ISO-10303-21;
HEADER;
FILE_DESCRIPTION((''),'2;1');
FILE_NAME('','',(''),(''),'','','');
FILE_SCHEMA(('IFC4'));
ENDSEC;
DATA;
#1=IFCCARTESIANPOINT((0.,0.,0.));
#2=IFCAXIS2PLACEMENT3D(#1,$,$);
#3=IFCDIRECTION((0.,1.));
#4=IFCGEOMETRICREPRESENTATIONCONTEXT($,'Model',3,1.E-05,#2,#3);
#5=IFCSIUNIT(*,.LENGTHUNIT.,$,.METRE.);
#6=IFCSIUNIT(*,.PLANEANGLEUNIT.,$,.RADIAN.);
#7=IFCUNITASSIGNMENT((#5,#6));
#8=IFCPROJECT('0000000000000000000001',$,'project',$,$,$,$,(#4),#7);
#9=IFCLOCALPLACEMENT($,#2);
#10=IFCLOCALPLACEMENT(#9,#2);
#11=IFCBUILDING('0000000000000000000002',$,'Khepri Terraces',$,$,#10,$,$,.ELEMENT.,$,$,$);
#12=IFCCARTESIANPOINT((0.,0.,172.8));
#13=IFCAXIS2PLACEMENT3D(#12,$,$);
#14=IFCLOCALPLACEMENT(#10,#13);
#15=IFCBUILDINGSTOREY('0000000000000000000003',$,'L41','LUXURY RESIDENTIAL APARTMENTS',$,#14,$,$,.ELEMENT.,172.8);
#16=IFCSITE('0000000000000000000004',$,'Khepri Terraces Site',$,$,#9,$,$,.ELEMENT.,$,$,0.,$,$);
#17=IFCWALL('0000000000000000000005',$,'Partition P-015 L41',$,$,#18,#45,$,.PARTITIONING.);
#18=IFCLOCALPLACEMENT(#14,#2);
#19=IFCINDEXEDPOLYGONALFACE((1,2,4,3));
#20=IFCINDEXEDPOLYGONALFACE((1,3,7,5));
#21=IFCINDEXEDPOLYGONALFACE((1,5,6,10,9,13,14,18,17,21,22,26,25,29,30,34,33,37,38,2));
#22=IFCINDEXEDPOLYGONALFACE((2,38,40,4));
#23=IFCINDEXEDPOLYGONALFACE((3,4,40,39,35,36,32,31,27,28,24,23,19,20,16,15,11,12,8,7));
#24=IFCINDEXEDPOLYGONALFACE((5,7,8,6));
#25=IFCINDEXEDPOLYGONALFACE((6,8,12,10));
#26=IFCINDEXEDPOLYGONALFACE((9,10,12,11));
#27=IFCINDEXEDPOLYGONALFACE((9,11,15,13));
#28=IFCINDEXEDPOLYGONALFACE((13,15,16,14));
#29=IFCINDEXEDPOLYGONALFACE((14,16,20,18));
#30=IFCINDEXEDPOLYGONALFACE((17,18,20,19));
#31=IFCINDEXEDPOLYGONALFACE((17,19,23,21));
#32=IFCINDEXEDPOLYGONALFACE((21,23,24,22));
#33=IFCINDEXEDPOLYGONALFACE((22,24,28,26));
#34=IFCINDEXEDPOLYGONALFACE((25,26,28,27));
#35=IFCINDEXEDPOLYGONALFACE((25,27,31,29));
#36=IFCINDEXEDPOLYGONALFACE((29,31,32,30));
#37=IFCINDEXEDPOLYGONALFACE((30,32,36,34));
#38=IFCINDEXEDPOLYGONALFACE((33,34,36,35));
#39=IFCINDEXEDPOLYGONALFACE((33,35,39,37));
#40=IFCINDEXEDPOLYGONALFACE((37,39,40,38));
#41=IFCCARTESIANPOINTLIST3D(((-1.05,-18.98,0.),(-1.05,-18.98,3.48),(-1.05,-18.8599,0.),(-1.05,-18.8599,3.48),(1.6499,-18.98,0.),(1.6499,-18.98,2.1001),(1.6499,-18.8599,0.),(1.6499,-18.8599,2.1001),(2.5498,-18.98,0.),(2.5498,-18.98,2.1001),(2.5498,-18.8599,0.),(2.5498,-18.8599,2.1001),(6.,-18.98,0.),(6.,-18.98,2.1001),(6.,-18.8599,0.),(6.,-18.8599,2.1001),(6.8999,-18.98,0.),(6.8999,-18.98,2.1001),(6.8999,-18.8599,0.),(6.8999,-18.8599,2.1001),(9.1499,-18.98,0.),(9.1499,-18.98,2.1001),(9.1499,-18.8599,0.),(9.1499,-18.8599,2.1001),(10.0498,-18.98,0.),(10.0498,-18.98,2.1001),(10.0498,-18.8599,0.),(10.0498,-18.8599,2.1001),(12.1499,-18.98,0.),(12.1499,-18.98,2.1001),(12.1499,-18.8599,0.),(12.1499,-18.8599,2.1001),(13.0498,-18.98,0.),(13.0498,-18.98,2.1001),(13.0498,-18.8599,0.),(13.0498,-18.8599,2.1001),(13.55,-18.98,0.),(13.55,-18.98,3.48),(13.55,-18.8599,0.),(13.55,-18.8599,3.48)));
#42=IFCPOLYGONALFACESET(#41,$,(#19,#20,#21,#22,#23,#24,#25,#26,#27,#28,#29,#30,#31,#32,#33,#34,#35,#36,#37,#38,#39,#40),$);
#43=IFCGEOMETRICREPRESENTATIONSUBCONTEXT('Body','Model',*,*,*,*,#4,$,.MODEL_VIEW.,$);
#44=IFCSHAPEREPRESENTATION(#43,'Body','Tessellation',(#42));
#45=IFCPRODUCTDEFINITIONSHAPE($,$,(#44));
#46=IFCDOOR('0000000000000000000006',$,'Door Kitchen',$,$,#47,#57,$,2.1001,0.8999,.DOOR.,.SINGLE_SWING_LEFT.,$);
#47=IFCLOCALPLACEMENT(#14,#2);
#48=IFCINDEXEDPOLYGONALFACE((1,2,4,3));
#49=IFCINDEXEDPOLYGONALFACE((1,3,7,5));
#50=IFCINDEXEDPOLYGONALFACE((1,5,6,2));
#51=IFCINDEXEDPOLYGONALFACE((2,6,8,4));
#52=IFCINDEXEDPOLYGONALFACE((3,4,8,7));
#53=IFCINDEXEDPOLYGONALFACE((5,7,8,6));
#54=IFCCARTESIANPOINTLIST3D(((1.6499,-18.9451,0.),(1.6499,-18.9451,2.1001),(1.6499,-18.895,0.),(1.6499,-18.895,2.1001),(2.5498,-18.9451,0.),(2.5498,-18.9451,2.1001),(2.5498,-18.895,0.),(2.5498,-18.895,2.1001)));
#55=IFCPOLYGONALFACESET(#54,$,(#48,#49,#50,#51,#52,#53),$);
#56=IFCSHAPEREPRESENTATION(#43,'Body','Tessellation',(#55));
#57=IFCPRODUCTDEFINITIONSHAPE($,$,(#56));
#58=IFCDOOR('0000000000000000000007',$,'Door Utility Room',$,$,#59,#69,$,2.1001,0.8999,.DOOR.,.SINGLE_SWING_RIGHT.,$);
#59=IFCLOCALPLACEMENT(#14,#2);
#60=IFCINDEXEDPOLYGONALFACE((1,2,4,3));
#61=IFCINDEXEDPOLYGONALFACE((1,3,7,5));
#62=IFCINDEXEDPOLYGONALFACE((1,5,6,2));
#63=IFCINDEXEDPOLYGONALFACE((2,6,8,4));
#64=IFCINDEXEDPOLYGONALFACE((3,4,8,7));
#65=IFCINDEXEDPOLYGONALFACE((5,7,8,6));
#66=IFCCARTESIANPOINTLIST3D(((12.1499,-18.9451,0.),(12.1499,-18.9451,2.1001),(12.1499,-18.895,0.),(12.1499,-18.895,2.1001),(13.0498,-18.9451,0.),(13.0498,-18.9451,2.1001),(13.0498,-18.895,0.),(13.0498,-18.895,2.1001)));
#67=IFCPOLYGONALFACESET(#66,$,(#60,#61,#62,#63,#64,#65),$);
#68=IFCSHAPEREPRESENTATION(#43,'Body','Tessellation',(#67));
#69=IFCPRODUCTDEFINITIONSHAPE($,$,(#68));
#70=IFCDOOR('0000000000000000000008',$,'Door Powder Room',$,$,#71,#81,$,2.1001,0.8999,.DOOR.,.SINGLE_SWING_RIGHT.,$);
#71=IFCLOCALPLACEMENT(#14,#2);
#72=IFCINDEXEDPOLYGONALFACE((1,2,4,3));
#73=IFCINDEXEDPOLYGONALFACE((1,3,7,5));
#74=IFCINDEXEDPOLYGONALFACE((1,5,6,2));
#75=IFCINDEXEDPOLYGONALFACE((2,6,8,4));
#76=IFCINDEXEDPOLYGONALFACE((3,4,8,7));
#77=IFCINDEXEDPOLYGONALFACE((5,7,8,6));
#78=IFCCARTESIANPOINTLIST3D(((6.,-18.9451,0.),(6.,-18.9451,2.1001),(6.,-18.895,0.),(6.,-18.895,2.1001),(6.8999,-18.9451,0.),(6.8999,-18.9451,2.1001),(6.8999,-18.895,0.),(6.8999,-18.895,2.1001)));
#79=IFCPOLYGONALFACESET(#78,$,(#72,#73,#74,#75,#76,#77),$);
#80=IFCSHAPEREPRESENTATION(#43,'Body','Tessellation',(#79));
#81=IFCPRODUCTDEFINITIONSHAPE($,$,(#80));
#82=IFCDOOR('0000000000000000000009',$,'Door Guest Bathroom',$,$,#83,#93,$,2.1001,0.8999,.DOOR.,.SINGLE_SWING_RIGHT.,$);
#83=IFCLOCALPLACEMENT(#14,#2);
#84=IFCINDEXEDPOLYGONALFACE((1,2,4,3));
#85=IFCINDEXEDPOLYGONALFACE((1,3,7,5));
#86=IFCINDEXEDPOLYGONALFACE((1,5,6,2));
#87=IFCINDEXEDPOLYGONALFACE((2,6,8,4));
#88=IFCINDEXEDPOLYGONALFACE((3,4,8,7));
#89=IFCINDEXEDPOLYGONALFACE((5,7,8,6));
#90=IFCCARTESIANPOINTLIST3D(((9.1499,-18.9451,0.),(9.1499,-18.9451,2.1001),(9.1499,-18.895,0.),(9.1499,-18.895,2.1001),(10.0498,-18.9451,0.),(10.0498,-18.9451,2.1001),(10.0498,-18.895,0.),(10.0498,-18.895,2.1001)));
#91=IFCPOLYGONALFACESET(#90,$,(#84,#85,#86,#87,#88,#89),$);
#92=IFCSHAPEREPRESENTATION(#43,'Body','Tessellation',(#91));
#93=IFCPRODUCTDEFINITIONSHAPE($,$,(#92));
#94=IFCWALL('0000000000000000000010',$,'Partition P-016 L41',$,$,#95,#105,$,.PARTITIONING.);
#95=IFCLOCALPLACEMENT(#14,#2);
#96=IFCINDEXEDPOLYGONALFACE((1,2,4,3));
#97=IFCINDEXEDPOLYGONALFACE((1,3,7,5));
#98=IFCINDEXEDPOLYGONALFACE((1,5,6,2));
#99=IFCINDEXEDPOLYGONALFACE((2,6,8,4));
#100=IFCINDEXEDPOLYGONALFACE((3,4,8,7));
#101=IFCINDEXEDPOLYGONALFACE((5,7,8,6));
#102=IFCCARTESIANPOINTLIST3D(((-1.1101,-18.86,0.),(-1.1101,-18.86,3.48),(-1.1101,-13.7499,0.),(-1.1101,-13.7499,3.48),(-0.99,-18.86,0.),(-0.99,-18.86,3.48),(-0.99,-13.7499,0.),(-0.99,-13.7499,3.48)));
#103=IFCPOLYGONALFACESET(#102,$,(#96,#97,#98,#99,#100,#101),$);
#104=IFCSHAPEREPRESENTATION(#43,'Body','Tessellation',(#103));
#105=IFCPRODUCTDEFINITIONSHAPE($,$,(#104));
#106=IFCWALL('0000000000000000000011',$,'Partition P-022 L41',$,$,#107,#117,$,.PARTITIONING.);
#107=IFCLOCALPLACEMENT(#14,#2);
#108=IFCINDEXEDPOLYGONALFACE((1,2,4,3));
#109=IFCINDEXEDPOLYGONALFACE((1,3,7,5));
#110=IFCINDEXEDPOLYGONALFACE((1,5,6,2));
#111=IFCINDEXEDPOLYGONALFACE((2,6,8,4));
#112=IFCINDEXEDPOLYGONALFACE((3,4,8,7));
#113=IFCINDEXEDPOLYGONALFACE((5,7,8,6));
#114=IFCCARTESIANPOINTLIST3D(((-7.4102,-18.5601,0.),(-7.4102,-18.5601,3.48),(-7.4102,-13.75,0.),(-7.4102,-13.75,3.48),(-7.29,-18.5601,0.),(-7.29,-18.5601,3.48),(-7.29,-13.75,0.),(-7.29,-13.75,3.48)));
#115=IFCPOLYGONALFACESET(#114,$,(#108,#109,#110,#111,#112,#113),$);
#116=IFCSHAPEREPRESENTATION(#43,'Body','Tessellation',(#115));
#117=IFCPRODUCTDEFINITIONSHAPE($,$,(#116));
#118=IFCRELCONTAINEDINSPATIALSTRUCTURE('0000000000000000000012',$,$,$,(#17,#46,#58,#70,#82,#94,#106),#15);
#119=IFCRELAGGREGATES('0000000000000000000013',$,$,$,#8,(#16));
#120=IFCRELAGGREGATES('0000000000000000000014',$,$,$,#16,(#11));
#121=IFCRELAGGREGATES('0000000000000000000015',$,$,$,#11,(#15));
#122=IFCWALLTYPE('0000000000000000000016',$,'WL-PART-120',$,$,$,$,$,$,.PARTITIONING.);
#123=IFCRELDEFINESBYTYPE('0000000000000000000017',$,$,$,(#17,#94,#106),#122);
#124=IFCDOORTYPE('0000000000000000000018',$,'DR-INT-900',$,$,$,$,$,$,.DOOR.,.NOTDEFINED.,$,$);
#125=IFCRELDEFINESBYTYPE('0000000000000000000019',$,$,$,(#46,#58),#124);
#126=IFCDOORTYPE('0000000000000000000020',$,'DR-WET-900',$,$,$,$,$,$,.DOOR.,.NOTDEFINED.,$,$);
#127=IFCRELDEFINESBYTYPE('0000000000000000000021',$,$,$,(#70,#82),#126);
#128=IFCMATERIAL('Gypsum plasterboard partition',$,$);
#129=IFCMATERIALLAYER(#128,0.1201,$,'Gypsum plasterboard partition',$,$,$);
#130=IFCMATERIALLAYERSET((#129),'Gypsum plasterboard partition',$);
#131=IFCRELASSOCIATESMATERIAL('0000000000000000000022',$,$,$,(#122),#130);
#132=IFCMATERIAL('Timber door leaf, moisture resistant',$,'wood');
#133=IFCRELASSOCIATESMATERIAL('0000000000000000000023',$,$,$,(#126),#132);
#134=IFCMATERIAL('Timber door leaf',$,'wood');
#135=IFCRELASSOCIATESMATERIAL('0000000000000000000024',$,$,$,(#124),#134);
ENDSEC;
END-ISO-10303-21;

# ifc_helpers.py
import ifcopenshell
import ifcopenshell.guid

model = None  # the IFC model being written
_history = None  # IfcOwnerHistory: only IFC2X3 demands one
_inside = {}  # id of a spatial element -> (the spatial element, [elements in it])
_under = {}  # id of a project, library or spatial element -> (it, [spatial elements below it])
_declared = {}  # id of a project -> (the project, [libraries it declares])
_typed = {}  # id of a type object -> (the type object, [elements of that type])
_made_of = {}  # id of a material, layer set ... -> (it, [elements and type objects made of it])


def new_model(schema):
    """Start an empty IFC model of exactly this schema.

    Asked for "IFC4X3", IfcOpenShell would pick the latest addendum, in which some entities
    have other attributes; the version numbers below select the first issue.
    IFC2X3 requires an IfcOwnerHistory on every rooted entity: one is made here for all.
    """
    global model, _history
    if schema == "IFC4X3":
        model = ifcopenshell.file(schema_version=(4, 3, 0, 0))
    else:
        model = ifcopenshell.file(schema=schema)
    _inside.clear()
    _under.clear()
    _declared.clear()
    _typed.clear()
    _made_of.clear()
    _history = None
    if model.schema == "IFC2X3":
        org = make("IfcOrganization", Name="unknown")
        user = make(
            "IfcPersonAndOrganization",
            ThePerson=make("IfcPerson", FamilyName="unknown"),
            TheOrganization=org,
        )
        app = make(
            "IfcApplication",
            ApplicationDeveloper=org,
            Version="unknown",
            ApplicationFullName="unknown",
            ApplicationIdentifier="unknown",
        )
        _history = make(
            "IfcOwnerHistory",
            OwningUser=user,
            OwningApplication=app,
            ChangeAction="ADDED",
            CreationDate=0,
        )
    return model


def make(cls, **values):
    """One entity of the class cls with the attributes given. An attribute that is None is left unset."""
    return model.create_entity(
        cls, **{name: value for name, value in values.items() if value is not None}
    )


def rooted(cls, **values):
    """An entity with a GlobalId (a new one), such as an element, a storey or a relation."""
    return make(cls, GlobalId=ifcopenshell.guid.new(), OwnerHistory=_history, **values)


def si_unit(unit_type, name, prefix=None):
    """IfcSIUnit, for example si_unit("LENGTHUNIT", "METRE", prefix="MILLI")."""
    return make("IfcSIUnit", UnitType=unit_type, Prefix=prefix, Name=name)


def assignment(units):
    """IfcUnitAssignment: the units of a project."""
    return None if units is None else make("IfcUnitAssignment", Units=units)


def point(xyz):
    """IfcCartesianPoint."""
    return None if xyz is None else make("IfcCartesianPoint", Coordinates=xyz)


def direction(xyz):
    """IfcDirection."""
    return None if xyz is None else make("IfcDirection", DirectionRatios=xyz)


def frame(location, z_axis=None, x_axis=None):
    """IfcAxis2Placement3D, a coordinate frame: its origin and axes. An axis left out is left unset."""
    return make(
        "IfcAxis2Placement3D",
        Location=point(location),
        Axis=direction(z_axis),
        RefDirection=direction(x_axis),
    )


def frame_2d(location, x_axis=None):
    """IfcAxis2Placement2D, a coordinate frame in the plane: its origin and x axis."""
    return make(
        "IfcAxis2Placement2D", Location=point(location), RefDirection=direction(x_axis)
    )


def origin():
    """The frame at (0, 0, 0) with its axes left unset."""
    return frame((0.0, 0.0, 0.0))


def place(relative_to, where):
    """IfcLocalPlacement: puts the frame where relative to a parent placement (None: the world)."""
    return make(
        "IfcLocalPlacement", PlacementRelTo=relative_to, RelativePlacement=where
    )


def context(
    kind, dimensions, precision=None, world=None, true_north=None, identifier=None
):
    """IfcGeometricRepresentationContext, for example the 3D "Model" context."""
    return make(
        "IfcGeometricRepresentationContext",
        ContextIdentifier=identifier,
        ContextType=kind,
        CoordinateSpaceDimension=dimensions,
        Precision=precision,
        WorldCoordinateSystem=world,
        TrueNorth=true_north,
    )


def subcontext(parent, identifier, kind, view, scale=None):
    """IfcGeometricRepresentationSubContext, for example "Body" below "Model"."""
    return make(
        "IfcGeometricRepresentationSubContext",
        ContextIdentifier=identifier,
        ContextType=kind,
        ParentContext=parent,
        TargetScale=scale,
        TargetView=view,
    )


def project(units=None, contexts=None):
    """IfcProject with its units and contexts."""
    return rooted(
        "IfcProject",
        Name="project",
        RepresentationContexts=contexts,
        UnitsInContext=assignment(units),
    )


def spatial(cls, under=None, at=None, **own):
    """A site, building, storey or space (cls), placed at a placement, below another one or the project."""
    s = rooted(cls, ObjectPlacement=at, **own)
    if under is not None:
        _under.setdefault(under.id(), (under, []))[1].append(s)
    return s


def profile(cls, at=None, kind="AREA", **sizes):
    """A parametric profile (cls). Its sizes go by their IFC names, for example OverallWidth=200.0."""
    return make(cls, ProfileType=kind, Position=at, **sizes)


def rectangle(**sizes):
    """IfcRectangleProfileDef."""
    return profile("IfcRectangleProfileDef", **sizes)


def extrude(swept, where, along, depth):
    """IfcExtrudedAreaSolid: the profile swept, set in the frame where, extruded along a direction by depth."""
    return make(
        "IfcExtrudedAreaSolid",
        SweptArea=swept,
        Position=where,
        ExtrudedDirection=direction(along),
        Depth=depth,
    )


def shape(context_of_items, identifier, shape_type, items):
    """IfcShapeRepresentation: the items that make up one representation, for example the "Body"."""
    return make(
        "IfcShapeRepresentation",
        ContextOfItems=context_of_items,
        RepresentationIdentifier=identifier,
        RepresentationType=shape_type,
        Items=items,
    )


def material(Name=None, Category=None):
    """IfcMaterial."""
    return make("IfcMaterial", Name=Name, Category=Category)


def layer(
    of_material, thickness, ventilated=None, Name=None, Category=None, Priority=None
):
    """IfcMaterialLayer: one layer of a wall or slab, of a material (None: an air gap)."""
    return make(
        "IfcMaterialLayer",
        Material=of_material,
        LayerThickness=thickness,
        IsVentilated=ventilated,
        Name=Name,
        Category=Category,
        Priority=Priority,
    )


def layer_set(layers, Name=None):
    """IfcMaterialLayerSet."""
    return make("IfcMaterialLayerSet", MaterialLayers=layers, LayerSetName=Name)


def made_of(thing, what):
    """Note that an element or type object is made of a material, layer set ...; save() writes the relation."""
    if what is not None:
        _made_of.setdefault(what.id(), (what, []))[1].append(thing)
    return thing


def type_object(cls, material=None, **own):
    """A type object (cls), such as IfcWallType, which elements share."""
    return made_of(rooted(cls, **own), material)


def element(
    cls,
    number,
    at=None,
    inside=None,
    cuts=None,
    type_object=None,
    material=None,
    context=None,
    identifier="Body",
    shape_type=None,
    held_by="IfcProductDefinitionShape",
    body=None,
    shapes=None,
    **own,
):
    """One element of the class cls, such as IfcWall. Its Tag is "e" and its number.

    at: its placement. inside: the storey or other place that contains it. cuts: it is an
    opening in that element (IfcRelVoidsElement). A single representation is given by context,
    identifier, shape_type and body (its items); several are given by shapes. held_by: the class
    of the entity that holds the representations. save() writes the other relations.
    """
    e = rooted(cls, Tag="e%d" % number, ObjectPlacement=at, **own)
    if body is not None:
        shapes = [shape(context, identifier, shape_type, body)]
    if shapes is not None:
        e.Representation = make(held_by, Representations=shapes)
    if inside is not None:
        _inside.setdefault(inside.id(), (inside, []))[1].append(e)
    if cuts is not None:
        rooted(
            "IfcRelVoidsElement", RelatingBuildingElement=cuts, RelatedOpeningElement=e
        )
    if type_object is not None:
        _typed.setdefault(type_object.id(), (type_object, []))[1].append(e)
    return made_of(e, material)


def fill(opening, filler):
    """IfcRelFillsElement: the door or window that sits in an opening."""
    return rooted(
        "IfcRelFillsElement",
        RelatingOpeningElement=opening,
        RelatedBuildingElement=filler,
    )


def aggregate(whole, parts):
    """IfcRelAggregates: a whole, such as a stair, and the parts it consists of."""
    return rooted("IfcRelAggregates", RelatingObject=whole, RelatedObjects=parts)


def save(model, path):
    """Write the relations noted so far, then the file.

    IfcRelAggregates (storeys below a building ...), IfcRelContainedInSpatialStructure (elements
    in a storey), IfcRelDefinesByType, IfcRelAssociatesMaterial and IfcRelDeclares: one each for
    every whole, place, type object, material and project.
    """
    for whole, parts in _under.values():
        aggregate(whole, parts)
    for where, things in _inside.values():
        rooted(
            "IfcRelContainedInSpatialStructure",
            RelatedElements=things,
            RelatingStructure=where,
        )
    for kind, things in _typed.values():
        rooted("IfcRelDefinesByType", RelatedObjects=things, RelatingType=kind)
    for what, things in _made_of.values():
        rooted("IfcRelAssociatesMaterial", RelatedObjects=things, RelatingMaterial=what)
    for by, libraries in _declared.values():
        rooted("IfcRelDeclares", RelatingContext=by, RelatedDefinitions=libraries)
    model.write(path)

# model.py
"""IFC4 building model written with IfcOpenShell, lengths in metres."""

from ifc_helpers import new_model, si_unit, direction, frame, frame_2d, origin, place, context, subcontext, project, spatial, rectangle, extrude, material, layer, layer_set, type_object, element, fill, save


model = new_model("IFC4")

# Units and contexts
model_context = context("Model", 3, precision=1e-05, world=origin(), true_north=direction((0.0, 1.0)))
body_context = subcontext(model_context, "Body", "Model", "MODEL_VIEW")
ifc_project = project(units=[si_unit("LENGTHUNIT", "METRE"), si_unit("PLANEANGLEUNIT", "RADIAN")], contexts=[model_context])

# Site, building, storey
site_placement = place(None, origin())
site = spatial("IfcSite", under=ifc_project, at=site_placement, Name="Khepri Terraces Site", CompositionType="ELEMENT", RefElevation=0.0)
building_placement = place(site_placement, origin())
building = spatial("IfcBuilding", under=site, at=building_placement, Name="Khepri Terraces", CompositionType="ELEMENT")
storey_placement = place(building_placement, frame((0.0, 0.0, 172.8)))
storey = spatial("IfcBuildingStorey", under=building, at=storey_placement, Name="L41", Description="LUXURY RESIDENTIAL APARTMENTS", CompositionType="ELEMENT", Elevation=172.8)

# Shared definitions
ifc_material_1 = material(Name="Gypsum plasterboard partition")
ifc_layer_1 = layer(ifc_material_1, 0.1201, Name="Gypsum plasterboard partition")
ifc_layer_set_1 = layer_set([ifc_layer_1], Name="Gypsum plasterboard partition")
wall_type_1 = type_object("IfcWallType", Name="WL-PART-120", PredefinedType="PARTITIONING", material=ifc_layer_set_1)
ifc_material_2 = material(Name="Timber door leaf, moisture resistant", Category="wood")
door_type_1 = type_object("IfcDoorType", Name="DR-WET-900", OperationType="NOTDEFINED", PredefinedType="DOOR", material=ifc_material_2)

# Wall, openings, doors
ifc_material_3 = material(Name="Timber door leaf", Category="wood")
door_type_2 = type_object("IfcDoorType", Name="DR-INT-900", OperationType="NOTDEFINED", PredefinedType="DOOR", material=ifc_material_3)
wall_1_placement = place(storey_placement, frame((-1.05, -18.9199, 0.0), z_axis=(0.0, 0.0, 1.0), x_axis=(1.0, 0.0, 0.0)))
wall_1 = element("IfcWall", 1, at=wall_1_placement, inside=storey, type_object=wall_type_1, Name="Partition P-015 L41", PredefinedType="PARTITIONING", context=body_context, shape_type="SweptSolid", body=[
    extrude(rectangle(XDim=14.6001, YDim=0.1201, at=frame_2d((7.3, 0.0))), origin(), (0.0, 0.0, 1.0), 3.48),
])
opening_1_placement = place(wall_1_placement, frame((2.7, 0.0, 0.0)))
opening_1 = element("IfcOpeningElement", 2, at=opening_1_placement, cuts=wall_1, PredefinedType="OPENING", context=body_context, shape_type="SweptSolid", body=[
    extrude(rectangle(XDim=0.8999, YDim=2.1001, at=frame_2d((0.45, 1.05))), frame((0.0, 0.0701, 0.0), z_axis=(0.0, -1.0, 0.0), x_axis=(1.0, 0.0, 0.0)), (0.0, 0.0, 1.0), 0.1401),
])
opening_2_placement = place(wall_1_placement, frame((7.05, 0.0, 0.0)))
opening_2 = element("IfcOpeningElement", 3, at=opening_2_placement, cuts=wall_1, PredefinedType="OPENING", context=body_context, shape_type="SweptSolid", body=[
    extrude(rectangle(XDim=0.8999, YDim=2.1001, at=frame_2d((0.45, 1.05))), frame((0.0, 0.0701, 0.0), z_axis=(0.0, -1.0, 0.0), x_axis=(1.0, 0.0, 0.0)), (0.0, 0.0, 1.0), 0.1401),
])
opening_3_placement = place(wall_1_placement, frame((10.2, 0.0, 0.0)))
opening_3 = element("IfcOpeningElement", 4, at=opening_3_placement, cuts=wall_1, PredefinedType="OPENING", context=body_context, shape_type="SweptSolid", body=[
    extrude(rectangle(XDim=0.8999, YDim=2.1001, at=frame_2d((0.45, 1.05))), frame((0.0, 0.0701, 0.0), z_axis=(0.0, -1.0, 0.0), x_axis=(1.0, 0.0, 0.0)), (0.0, 0.0, 1.0), 0.1401),
])
opening_4_placement = place(wall_1_placement, frame((13.2, 0.0, 0.0)))
opening_4 = element("IfcOpeningElement", 5, at=opening_4_placement, cuts=wall_1, PredefinedType="OPENING", context=body_context, shape_type="SweptSolid", body=[
    extrude(rectangle(XDim=0.8999, YDim=2.1001, at=frame_2d((0.45, 1.05))), frame((0.0, 0.0701, 0.0), z_axis=(0.0, -1.0, 0.0), x_axis=(1.0, 0.0, 0.0)), (0.0, 0.0, 1.0), 0.1401),
])
door_1_placement = place(opening_1_placement, origin())
door_1 = element("IfcDoor", 6, at=door_1_placement, inside=storey, type_object=door_type_2, Name="Door Kitchen", OperationType="SINGLE_SWING_LEFT", OverallHeight=2.1001, OverallWidth=0.8999, PredefinedType="DOOR", context=body_context, shape_type="SweptSolid", body=[
    extrude(rectangle(XDim=0.8999, YDim=2.1001, at=frame_2d((0.45, 1.05))), frame((0.0, 0.0249, 0.0), z_axis=(0.0, -1.0, 0.0), x_axis=(1.0, 0.0, 0.0)), (0.0, 0.0, 1.0), 0.05),
])
fill(opening_1, door_1)
door_2_placement = place(opening_4_placement, origin())
door_2 = element("IfcDoor", 7, at=door_2_placement, inside=storey, type_object=door_type_2, Name="Door Utility Room", OperationType="SINGLE_SWING_RIGHT", OverallHeight=2.1001, OverallWidth=0.8999, PredefinedType="DOOR", context=body_context, shape_type="SweptSolid", body=[
    extrude(rectangle(XDim=0.8999, YDim=2.1001, at=frame_2d((0.45, 1.05))), frame((0.0, 0.0249, 0.0), z_axis=(0.0, -1.0, 0.0), x_axis=(1.0, 0.0, 0.0)), (0.0, 0.0, 1.0), 0.05),
])
fill(opening_4, door_2)
door_3_placement = place(opening_2_placement, origin())
door_3 = element("IfcDoor", 8, at=door_3_placement, inside=storey, type_object=door_type_1, Name="Door Powder Room", OperationType="SINGLE_SWING_RIGHT", OverallHeight=2.1001, OverallWidth=0.8999, PredefinedType="DOOR", context=body_context, shape_type="SweptSolid", body=[
    extrude(rectangle(XDim=0.8999, YDim=2.1001, at=frame_2d((0.45, 1.05))), frame((0.0, 0.0249, 0.0), z_axis=(0.0, -1.0, 0.0), x_axis=(1.0, 0.0, 0.0)), (0.0, 0.0, 1.0), 0.05),
])
fill(opening_2, door_3)
door_4_placement = place(opening_3_placement, origin())
door_4 = element("IfcDoor", 9, at=door_4_placement, inside=storey, type_object=door_type_1, Name="Door Guest Bathroom", OperationType="SINGLE_SWING_RIGHT", OverallHeight=2.1001, OverallWidth=0.8999, PredefinedType="DOOR", context=body_context, shape_type="SweptSolid", body=[
    extrude(rectangle(XDim=0.8999, YDim=2.1001, at=frame_2d((0.45, 1.05))), frame((0.0, 0.0249, 0.0), z_axis=(0.0, -1.0, 0.0), x_axis=(1.0, 0.0, 0.0)), (0.0, 0.0, 1.0), 0.05),
])
fill(opening_3, door_4)

# Walls
wall_2_placement = place(storey_placement, frame((-1.05, -18.8601, 0.0), z_axis=(0.0, 0.0, 1.0), x_axis=(0.0, 1.0, 0.0)))
element("IfcWall", 10, at=wall_2_placement, inside=storey, type_object=wall_type_1, Name="Partition P-016 L41", PredefinedType="PARTITIONING", context=body_context, shape_type="SweptSolid", body=[
    extrude(rectangle(XDim=5.1101, YDim=0.1201, at=frame_2d((2.5552, 0.0))), origin(), (0.0, 0.0, 1.0), 3.48),
])
wall_3_placement = place(storey_placement, frame((-7.3501, -18.5601, 0.0), z_axis=(0.0, 0.0, 1.0), x_axis=(0.0, 1.0, 0.0)))
element("IfcWall", 11, at=wall_3_placement, inside=storey, type_object=wall_type_1, Name="Partition P-022 L41", PredefinedType="PARTITIONING", context=body_context, shape_type="SweptSolid", body=[
    extrude(rectangle(XDim=4.8101, YDim=0.1201, at=frame_2d((2.405, 0.0))), origin(), (0.0, 0.0, 1.0), 3.48),
])

save(model, "model.ifc")
